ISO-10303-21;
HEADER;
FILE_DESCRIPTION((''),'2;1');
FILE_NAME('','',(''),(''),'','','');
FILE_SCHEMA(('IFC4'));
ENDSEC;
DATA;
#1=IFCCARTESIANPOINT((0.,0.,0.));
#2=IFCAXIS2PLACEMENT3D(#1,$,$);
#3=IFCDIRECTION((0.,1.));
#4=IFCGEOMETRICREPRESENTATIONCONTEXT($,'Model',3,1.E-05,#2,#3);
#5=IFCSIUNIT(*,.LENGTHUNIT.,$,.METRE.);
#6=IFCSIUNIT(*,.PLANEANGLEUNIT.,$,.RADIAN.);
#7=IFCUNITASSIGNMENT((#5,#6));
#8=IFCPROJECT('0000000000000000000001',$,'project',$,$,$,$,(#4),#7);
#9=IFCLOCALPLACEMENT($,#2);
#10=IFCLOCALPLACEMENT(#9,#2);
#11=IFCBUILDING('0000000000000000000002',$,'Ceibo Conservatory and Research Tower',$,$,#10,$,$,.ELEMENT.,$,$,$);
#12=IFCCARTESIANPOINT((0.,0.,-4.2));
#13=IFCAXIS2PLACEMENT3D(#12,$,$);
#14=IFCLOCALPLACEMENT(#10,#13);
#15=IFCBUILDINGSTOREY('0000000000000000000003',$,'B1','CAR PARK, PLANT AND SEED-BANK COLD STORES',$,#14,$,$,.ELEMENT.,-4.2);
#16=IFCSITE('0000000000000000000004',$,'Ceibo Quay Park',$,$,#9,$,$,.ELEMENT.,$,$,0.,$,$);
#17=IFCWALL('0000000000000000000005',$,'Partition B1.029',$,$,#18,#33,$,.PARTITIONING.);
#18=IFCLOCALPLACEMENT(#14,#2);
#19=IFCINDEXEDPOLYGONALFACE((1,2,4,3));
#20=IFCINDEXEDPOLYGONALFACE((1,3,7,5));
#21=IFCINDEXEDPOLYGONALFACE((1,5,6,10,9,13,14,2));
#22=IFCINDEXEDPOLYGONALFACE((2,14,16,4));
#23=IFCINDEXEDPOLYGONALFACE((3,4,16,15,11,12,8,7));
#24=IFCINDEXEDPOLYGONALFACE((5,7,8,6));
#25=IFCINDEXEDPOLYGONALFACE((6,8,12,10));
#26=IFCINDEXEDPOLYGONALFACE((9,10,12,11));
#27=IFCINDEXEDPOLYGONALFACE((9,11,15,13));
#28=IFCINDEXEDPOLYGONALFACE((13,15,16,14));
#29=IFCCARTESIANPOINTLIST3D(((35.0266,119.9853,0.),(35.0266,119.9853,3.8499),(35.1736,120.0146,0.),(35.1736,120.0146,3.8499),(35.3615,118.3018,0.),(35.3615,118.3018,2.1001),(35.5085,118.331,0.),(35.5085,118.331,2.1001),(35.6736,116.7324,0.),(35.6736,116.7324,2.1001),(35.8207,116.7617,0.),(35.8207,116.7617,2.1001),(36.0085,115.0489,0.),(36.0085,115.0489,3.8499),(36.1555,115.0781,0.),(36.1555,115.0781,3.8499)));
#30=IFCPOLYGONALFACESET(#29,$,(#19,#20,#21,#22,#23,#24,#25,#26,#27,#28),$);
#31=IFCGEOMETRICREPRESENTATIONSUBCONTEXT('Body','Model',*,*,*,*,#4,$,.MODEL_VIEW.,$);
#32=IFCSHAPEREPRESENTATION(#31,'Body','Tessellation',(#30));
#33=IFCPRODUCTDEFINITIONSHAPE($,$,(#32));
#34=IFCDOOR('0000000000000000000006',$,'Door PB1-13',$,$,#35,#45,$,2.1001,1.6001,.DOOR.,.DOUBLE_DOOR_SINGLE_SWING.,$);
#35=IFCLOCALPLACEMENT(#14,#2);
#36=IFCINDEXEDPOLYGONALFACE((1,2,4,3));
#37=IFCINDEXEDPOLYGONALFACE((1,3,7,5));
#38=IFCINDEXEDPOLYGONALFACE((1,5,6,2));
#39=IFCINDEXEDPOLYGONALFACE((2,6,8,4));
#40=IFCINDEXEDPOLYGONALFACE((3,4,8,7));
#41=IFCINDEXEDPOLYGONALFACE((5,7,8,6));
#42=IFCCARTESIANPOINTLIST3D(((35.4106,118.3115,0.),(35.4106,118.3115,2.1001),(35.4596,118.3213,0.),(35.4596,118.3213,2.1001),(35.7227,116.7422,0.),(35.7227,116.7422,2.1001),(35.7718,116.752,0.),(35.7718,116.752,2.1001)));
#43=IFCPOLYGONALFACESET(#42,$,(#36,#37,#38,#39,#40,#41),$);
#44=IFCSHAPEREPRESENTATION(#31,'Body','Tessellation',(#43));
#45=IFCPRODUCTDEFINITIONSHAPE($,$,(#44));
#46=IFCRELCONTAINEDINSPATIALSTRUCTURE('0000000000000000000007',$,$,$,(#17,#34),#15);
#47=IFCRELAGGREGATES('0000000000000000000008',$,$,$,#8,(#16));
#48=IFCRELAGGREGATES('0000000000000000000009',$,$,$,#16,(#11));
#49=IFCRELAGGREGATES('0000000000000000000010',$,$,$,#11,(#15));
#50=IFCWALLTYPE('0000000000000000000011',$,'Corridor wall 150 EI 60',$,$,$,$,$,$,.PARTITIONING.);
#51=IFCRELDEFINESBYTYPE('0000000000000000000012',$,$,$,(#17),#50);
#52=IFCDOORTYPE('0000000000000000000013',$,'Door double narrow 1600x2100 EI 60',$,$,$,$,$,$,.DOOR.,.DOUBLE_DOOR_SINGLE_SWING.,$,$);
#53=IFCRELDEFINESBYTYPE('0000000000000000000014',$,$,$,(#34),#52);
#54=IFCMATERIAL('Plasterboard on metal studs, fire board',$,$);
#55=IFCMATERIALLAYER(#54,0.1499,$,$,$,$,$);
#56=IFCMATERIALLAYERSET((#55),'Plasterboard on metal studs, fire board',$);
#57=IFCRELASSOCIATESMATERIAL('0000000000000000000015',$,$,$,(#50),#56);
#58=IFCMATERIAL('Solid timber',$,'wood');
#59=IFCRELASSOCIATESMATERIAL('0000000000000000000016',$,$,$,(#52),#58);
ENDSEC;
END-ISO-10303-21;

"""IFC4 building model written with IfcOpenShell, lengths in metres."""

from ifc_helpers import new_model, si_unit, direction, frame, frame_2d, origin, place, context, subcontext, project, spatial, rectangle, extrude, material, layer, layer_set, type_object, element, fill, save


model = new_model("IFC4")

# Units and contexts
model_context = context("Model", 3, precision=1e-05, world=origin(), true_north=direction((0.0, 1.0)))
body_context = subcontext(model_context, "Body", "Model", "MODEL_VIEW")
ifc_project = project(units=[si_unit("LENGTHUNIT", "METRE"), si_unit("PLANEANGLEUNIT", "RADIAN")], contexts=[model_context])

# Site, building, storey
site_placement = place(None, origin())
site = spatial("IfcSite", under=ifc_project, at=site_placement, Name="Ceibo Quay Park", CompositionType="ELEMENT", RefElevation=0.0)
building_placement = place(site_placement, origin())
building = spatial("IfcBuilding", under=site, at=building_placement, Name="Ceibo Conservatory and Research Tower", CompositionType="ELEMENT")
storey_placement = place(building_placement, frame((0.0, 0.0, -4.2)))
storey = spatial("IfcBuildingStorey", under=building, at=storey_placement, Name="B1", Description="CAR PARK, PLANT AND SEED-BANK COLD STORES", CompositionType="ELEMENT", Elevation=-4.2)

# Shared definitions
ifc_material_1 = material(Name="Solid timber", Category="wood")

# Wall, opening, door
ifc_material_2 = material(Name="Plasterboard on metal studs, fire board")
ifc_layer_1 = layer(ifc_material_2, 0.1499)
ifc_layer_set_1 = layer_set([ifc_layer_1], Name="Plasterboard on metal studs, fire board")
wall_type_1 = type_object("IfcWallType", Name="Corridor wall 150 EI 60", PredefinedType="PARTITIONING", material=ifc_layer_set_1)
wall_1_placement = place(storey_placement, frame((36.082, 115.0635, 0.0), z_axis=(0.0, 0.0, 1.0), x_axis=(-0.19509, 0.980785, 0.0)))
wall_1 = element("IfcWall", 1, at=wall_1_placement, inside=storey, type_object=wall_type_1, Name="Partition B1.029", PredefinedType="PARTITIONING", context=body_context, shape_type="SweptSolid", body=[
    extrude(rectangle(XDim=5.0332, YDim=0.1499, at=frame_2d((2.5166, 0.0))), origin(), (0.0, 0.0, 1.0), 3.8499),
])
opening_1_placement = place(wall_1_placement, frame((1.7166, 0.0, 0.0)))
opening_1 = element("IfcOpeningElement", 2, at=opening_1_placement, cuts=wall_1, PredefinedType="OPENING", context=body_context, shape_type="SweptSolid", body=[
    extrude(rectangle(XDim=1.6001, YDim=2.1001, at=frame_2d((0.8, 1.05))), frame((0.0, 0.085, 0.0), z_axis=(0.0, -1.0, 0.0), x_axis=(1.0, 0.0, 0.0)), (0.0, 0.0, 1.0), 0.1699),
])
door_type_1 = type_object("IfcDoorType", Name="Door double narrow 1600x2100 EI 60", OperationType="DOUBLE_DOOR_SINGLE_SWING", PredefinedType="DOOR", material=ifc_material_1)
door_1_placement = place(opening_1_placement, origin())
door_1 = element("IfcDoor", 3, at=door_1_placement, inside=storey, type_object=door_type_1, Name="Door PB1-13", OperationType="DOUBLE_DOOR_SINGLE_SWING", OverallHeight=2.1001, OverallWidth=1.6001, PredefinedType="DOOR", context=body_context, shape_type="SweptSolid", body=[
    extrude(rectangle(XDim=1.6001, YDim=2.1001, at=frame_2d((0.8, 1.05))), frame((0.0, 0.0249, 0.0), z_axis=(0.0, -1.0, 0.0), x_axis=(1.0, 0.0, 0.0)), (0.0, 0.0, 1.0), 0.05),
])
fill(opening_1, door_1)

save(model, "model.ifc")
